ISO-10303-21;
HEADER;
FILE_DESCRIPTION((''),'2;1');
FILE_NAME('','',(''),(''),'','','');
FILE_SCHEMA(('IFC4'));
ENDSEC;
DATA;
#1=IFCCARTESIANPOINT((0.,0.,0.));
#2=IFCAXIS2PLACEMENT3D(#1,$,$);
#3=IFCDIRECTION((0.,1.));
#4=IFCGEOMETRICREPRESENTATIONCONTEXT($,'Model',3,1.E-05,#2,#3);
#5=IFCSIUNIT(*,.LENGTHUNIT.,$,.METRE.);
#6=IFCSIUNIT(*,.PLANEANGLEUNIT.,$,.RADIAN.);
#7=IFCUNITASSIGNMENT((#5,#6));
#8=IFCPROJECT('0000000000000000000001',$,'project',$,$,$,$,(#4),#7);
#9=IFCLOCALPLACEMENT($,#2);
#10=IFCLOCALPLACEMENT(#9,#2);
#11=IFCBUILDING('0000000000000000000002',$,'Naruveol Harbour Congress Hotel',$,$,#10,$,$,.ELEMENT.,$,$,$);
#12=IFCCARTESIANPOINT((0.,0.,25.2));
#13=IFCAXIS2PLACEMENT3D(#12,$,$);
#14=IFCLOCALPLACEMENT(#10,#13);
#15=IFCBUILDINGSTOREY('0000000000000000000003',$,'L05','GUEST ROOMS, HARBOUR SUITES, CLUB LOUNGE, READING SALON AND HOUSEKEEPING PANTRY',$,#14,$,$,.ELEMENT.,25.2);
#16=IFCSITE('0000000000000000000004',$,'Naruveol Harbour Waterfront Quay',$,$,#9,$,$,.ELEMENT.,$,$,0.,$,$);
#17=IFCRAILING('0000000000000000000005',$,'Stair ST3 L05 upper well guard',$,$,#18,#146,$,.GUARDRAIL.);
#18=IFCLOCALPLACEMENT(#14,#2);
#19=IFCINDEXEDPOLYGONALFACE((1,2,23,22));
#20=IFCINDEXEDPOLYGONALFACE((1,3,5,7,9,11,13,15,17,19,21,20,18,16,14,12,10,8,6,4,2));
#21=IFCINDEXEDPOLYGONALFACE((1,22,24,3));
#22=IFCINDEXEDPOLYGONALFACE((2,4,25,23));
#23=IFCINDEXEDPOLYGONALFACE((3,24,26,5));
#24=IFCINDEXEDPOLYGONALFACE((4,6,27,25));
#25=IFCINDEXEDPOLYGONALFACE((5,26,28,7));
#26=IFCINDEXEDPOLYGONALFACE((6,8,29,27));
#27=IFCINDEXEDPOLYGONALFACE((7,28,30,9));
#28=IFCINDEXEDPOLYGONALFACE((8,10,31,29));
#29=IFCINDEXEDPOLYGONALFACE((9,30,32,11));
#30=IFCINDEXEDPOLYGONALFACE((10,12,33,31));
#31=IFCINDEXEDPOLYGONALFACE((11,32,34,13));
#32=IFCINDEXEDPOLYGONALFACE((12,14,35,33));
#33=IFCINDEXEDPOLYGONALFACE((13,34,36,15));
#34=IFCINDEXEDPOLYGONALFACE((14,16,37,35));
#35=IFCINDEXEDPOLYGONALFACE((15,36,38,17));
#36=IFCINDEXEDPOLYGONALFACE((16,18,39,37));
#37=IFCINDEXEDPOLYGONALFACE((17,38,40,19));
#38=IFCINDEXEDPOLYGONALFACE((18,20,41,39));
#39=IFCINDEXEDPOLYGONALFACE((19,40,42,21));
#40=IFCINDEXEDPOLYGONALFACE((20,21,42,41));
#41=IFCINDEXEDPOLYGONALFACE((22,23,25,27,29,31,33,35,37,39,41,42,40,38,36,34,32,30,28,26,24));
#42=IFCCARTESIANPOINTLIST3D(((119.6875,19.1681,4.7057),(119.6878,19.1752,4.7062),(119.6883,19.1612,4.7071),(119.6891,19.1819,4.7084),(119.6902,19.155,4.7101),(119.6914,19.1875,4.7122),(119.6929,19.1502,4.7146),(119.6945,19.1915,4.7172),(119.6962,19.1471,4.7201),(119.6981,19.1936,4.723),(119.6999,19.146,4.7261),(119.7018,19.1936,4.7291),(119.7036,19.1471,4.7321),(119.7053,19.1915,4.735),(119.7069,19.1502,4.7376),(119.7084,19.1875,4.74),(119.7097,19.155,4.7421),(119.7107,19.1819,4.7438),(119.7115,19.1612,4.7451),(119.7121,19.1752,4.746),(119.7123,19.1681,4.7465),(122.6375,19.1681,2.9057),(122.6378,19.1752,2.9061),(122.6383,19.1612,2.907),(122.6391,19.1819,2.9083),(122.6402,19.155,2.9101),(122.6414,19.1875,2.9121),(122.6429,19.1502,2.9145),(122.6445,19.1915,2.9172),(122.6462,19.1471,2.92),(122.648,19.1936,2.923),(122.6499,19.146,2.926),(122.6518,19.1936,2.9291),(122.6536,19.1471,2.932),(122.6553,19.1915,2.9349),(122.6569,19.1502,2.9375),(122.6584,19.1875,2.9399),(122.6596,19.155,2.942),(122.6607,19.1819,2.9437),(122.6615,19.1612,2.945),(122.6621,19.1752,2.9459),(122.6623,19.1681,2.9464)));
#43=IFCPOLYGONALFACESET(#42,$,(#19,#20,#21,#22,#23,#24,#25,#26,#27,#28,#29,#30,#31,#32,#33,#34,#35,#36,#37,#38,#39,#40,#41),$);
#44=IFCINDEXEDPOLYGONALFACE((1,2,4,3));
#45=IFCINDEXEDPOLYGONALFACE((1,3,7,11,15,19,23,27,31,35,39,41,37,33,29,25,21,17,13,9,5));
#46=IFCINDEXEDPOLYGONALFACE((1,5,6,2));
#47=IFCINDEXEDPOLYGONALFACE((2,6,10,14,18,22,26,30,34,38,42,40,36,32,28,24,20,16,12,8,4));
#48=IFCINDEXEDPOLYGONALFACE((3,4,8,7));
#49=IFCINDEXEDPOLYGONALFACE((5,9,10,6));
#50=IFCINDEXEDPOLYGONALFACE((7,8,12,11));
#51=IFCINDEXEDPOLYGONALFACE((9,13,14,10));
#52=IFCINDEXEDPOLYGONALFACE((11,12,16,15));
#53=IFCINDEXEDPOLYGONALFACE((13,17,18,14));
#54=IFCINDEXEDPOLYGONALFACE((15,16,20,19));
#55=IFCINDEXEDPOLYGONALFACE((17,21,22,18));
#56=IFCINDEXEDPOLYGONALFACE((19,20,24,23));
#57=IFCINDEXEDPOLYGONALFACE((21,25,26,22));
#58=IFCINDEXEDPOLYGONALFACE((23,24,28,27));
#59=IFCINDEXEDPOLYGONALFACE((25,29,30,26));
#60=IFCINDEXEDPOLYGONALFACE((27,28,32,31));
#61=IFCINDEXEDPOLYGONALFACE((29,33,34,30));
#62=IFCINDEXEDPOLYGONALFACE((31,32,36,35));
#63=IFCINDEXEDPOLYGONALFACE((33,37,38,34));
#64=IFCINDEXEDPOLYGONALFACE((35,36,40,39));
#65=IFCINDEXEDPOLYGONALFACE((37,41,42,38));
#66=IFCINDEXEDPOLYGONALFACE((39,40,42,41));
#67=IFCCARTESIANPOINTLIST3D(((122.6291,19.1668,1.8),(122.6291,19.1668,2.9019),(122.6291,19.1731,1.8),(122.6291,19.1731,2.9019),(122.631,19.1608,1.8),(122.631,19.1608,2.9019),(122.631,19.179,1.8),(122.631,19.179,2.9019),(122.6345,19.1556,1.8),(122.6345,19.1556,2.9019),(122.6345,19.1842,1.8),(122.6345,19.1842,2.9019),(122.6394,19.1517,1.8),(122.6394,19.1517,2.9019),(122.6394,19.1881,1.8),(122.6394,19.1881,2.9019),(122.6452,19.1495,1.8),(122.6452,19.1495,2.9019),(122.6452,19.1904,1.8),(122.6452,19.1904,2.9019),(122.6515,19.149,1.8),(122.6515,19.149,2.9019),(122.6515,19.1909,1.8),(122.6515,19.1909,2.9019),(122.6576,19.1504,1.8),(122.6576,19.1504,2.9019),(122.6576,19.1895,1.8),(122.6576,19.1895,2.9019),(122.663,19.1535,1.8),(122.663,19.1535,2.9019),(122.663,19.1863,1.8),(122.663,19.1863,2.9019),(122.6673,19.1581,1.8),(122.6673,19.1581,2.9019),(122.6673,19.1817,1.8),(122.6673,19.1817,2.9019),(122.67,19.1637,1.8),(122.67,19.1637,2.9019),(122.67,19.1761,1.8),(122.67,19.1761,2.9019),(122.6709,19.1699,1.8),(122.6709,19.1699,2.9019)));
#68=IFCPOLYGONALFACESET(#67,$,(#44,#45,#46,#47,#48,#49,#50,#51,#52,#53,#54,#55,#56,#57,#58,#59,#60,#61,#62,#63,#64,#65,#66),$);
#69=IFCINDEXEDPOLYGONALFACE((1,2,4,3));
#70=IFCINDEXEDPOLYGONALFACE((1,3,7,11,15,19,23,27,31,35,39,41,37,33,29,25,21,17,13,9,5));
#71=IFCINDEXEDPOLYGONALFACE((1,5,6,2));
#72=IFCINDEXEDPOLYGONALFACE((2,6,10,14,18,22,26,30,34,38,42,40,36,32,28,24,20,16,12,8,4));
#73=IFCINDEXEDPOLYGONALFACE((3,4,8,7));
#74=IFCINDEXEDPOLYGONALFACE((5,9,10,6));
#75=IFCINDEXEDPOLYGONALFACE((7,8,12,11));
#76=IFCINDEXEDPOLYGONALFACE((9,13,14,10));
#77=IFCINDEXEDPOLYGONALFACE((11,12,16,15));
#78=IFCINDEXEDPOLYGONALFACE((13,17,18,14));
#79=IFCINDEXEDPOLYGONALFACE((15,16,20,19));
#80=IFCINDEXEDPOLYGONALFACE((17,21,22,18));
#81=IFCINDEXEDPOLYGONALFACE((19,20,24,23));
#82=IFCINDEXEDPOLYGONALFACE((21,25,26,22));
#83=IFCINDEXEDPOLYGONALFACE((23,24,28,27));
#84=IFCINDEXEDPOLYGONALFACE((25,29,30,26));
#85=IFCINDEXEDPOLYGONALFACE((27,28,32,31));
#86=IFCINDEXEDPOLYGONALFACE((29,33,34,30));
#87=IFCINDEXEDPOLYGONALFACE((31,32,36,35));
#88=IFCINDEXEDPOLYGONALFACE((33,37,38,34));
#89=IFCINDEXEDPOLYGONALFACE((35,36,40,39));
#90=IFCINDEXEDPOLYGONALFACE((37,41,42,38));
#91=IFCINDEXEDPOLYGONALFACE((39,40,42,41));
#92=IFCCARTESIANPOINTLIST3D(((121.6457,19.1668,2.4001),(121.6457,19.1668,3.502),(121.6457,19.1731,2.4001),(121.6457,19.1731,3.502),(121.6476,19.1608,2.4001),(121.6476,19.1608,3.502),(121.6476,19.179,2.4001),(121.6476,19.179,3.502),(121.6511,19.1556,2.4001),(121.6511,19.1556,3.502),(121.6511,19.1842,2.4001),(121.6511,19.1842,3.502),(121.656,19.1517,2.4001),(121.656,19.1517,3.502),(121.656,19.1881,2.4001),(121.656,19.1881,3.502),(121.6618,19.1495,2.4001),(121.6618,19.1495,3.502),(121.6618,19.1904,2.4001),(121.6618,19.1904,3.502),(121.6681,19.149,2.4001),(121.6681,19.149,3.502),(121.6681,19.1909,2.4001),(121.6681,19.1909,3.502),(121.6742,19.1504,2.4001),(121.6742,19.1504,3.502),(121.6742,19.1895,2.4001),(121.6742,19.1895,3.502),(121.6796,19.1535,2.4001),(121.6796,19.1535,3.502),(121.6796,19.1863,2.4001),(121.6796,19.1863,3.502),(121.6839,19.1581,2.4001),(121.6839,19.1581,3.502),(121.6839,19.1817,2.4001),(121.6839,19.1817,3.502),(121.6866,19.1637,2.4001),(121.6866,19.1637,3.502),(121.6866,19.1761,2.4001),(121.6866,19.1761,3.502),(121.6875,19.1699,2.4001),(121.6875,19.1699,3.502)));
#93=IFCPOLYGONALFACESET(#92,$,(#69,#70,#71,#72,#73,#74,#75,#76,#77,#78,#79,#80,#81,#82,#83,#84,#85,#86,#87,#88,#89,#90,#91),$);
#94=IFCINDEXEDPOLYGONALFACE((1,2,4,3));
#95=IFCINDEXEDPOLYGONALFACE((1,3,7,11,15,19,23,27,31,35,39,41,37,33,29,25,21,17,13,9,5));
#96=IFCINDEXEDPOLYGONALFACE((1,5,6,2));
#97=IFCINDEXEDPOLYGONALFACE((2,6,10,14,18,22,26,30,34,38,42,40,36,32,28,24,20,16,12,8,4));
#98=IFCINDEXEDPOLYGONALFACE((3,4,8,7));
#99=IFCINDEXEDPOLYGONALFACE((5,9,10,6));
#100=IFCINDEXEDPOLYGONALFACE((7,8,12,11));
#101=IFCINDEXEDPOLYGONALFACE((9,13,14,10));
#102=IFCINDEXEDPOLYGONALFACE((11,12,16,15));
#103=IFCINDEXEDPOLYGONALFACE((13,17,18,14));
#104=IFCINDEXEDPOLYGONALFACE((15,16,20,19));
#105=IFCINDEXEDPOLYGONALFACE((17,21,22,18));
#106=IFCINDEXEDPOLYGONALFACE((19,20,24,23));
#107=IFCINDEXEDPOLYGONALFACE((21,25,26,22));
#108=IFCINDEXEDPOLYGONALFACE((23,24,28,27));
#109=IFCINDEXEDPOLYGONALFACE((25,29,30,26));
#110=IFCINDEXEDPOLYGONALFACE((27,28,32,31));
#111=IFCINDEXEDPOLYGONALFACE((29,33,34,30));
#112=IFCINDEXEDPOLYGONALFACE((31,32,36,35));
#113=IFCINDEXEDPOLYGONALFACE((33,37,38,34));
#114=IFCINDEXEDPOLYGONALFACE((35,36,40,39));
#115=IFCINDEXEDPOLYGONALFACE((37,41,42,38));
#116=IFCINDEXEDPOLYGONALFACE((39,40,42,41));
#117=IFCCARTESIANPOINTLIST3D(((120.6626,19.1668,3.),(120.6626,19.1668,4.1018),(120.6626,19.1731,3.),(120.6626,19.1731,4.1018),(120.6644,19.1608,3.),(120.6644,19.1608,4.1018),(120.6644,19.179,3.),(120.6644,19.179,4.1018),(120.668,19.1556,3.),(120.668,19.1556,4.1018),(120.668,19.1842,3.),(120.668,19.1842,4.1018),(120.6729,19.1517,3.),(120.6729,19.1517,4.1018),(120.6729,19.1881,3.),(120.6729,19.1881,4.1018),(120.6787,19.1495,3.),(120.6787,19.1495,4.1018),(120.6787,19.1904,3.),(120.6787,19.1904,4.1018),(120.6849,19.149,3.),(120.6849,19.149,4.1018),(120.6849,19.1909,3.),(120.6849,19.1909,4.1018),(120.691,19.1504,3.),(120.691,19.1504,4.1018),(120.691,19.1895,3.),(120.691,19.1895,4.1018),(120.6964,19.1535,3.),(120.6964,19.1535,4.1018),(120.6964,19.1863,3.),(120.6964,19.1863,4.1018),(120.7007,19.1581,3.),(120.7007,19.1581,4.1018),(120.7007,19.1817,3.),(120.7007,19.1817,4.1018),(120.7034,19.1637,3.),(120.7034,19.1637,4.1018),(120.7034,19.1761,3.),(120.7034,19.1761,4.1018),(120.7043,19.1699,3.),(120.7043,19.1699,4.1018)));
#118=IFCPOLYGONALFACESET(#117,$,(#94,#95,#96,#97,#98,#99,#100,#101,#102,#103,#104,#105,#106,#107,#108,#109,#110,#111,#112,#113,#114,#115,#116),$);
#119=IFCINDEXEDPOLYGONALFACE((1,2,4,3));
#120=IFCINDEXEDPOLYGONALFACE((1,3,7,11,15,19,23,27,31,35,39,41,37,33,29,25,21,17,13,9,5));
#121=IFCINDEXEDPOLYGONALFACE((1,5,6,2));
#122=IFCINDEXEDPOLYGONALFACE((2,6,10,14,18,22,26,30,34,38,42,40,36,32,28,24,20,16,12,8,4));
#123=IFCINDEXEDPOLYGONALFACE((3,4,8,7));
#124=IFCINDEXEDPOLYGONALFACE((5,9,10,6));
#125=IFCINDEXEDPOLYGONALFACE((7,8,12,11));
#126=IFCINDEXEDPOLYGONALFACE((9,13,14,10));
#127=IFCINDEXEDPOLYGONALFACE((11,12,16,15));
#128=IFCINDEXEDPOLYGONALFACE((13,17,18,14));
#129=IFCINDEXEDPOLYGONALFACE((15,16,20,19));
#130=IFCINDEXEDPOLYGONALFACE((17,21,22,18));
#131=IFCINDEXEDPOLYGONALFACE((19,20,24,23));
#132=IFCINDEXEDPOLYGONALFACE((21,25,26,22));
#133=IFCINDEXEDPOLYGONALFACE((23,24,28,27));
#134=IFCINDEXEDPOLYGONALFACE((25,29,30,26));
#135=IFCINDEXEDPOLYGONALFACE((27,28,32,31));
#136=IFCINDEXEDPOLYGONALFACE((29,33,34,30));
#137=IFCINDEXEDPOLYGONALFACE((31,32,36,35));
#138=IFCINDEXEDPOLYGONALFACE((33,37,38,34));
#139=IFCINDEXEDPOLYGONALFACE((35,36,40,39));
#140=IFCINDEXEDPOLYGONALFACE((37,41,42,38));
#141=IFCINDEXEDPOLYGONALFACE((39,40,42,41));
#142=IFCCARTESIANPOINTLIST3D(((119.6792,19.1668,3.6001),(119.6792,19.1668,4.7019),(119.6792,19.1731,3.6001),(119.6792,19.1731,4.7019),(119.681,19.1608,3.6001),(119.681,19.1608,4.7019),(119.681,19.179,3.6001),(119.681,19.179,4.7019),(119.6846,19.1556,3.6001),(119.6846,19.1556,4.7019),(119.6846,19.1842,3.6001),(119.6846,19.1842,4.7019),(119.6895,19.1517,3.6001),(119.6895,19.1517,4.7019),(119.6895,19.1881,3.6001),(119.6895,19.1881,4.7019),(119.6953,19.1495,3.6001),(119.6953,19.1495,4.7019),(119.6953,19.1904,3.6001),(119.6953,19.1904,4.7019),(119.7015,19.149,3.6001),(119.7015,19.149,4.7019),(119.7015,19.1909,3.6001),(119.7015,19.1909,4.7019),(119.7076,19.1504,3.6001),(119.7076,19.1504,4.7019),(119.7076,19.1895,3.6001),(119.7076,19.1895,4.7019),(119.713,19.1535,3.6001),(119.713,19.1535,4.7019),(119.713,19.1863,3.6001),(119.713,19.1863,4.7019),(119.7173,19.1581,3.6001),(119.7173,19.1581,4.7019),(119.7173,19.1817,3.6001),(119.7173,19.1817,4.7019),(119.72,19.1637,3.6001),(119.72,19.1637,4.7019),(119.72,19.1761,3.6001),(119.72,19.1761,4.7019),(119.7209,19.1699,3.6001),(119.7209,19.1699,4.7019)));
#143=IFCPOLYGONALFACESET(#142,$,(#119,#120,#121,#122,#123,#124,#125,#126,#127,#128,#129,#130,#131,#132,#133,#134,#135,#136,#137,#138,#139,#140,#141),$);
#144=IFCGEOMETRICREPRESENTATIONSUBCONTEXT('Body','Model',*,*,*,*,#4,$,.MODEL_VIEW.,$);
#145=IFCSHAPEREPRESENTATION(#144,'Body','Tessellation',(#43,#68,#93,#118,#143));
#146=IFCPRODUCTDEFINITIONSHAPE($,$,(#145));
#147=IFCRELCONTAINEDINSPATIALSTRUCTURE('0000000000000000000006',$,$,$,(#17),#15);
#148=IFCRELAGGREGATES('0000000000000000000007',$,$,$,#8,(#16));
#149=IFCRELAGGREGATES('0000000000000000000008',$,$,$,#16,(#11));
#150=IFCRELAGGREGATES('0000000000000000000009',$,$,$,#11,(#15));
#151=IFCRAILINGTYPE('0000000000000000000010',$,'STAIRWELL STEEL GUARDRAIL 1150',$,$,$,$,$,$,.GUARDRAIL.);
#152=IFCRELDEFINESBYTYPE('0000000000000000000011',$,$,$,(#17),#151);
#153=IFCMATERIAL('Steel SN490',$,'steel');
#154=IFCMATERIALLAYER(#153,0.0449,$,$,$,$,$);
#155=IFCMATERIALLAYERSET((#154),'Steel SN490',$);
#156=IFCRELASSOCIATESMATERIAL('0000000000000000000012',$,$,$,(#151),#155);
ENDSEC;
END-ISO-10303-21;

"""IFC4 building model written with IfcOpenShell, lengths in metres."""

from ifc_helpers import new_model, si_unit, direction, frame, origin, origin_2d, place, context, subcontext, project, spatial, circle, extrude, material, layer, layer_set, type_object, element, save


model = new_model("IFC4")

# Units and contexts
model_context = context("Model", 3, precision=1e-05, world=origin(), true_north=direction((0.0, 1.0)))
body_context = subcontext(model_context, "Body", "Model", "MODEL_VIEW")
ifc_project = project(units=[si_unit("LENGTHUNIT", "METRE"), si_unit("PLANEANGLEUNIT", "RADIAN")], contexts=[model_context])

# Site, building, storey
site_placement = place(None, origin())
site = spatial("IfcSite", under=ifc_project, at=site_placement, Name="Naruveol Harbour Waterfront Quay", CompositionType="ELEMENT", RefElevation=0.0)
building_placement = place(site_placement, origin())
building = spatial("IfcBuilding", under=site, at=building_placement, Name="Naruveol Harbour Congress Hotel", CompositionType="ELEMENT")
storey_placement = place(building_placement, frame((0.0, 0.0, 25.2)))
storey = spatial("IfcBuildingStorey", under=building, at=storey_placement, Name="L05", Description="GUEST ROOMS, HARBOUR SUITES, CLUB LOUNGE, READING SALON AND HOUSEKEEPING PANTRY", CompositionType="ELEMENT", Elevation=25.2)

# Railing
ifc_material_1 = material(Name="Steel SN490", Category="steel")
ifc_layer_1 = layer(ifc_material_1, 0.0449)
ifc_layer_set_1 = layer_set([ifc_layer_1], Name="Steel SN490")
railing_type_1 = type_object("IfcRailingType", Name="STAIRWELL STEEL GUARDRAIL 1150", PredefinedType="GUARDRAIL", material=ifc_layer_set_1)
railing_1_placement = place(storey_placement, frame((122.6499, 19.1699, 1.8)))
element("IfcRailing", 1, at=railing_1_placement, inside=storey, type_object=railing_type_1, Name="Stair ST3 L05 upper well guard", PredefinedType="GUARDRAIL", context=body_context, shape_type="SweptSolid", body=[
    extrude(circle(Radius=0.0239, at=origin_2d()), frame((0.0, 0.0, 1.126), z_axis=(-0.853629, 0.0, 0.520881), x_axis=(0.0, -1.0, 0.0)), (0.0, 0.0, 1.0), 3.4558),
    extrude(circle(Radius=0.021, at=origin_2d()), origin(), (0.0, 0.0, 1.0), 1.1018),
    extrude(circle(Radius=0.021, at=origin_2d()), frame((-0.9834, 0.0, 0.6001)), (0.0, 0.0, 1.0), 1.1018),
    extrude(circle(Radius=0.021, at=origin_2d()), frame((-1.9666, 0.0, 1.2)), (0.0, 0.0, 1.0), 1.1018),
    extrude(circle(Radius=0.021, at=origin_2d()), frame((-2.95, 0.0, 1.8)), (0.0, 0.0, 1.0), 1.1018),
])

save(model, "model.ifc")
